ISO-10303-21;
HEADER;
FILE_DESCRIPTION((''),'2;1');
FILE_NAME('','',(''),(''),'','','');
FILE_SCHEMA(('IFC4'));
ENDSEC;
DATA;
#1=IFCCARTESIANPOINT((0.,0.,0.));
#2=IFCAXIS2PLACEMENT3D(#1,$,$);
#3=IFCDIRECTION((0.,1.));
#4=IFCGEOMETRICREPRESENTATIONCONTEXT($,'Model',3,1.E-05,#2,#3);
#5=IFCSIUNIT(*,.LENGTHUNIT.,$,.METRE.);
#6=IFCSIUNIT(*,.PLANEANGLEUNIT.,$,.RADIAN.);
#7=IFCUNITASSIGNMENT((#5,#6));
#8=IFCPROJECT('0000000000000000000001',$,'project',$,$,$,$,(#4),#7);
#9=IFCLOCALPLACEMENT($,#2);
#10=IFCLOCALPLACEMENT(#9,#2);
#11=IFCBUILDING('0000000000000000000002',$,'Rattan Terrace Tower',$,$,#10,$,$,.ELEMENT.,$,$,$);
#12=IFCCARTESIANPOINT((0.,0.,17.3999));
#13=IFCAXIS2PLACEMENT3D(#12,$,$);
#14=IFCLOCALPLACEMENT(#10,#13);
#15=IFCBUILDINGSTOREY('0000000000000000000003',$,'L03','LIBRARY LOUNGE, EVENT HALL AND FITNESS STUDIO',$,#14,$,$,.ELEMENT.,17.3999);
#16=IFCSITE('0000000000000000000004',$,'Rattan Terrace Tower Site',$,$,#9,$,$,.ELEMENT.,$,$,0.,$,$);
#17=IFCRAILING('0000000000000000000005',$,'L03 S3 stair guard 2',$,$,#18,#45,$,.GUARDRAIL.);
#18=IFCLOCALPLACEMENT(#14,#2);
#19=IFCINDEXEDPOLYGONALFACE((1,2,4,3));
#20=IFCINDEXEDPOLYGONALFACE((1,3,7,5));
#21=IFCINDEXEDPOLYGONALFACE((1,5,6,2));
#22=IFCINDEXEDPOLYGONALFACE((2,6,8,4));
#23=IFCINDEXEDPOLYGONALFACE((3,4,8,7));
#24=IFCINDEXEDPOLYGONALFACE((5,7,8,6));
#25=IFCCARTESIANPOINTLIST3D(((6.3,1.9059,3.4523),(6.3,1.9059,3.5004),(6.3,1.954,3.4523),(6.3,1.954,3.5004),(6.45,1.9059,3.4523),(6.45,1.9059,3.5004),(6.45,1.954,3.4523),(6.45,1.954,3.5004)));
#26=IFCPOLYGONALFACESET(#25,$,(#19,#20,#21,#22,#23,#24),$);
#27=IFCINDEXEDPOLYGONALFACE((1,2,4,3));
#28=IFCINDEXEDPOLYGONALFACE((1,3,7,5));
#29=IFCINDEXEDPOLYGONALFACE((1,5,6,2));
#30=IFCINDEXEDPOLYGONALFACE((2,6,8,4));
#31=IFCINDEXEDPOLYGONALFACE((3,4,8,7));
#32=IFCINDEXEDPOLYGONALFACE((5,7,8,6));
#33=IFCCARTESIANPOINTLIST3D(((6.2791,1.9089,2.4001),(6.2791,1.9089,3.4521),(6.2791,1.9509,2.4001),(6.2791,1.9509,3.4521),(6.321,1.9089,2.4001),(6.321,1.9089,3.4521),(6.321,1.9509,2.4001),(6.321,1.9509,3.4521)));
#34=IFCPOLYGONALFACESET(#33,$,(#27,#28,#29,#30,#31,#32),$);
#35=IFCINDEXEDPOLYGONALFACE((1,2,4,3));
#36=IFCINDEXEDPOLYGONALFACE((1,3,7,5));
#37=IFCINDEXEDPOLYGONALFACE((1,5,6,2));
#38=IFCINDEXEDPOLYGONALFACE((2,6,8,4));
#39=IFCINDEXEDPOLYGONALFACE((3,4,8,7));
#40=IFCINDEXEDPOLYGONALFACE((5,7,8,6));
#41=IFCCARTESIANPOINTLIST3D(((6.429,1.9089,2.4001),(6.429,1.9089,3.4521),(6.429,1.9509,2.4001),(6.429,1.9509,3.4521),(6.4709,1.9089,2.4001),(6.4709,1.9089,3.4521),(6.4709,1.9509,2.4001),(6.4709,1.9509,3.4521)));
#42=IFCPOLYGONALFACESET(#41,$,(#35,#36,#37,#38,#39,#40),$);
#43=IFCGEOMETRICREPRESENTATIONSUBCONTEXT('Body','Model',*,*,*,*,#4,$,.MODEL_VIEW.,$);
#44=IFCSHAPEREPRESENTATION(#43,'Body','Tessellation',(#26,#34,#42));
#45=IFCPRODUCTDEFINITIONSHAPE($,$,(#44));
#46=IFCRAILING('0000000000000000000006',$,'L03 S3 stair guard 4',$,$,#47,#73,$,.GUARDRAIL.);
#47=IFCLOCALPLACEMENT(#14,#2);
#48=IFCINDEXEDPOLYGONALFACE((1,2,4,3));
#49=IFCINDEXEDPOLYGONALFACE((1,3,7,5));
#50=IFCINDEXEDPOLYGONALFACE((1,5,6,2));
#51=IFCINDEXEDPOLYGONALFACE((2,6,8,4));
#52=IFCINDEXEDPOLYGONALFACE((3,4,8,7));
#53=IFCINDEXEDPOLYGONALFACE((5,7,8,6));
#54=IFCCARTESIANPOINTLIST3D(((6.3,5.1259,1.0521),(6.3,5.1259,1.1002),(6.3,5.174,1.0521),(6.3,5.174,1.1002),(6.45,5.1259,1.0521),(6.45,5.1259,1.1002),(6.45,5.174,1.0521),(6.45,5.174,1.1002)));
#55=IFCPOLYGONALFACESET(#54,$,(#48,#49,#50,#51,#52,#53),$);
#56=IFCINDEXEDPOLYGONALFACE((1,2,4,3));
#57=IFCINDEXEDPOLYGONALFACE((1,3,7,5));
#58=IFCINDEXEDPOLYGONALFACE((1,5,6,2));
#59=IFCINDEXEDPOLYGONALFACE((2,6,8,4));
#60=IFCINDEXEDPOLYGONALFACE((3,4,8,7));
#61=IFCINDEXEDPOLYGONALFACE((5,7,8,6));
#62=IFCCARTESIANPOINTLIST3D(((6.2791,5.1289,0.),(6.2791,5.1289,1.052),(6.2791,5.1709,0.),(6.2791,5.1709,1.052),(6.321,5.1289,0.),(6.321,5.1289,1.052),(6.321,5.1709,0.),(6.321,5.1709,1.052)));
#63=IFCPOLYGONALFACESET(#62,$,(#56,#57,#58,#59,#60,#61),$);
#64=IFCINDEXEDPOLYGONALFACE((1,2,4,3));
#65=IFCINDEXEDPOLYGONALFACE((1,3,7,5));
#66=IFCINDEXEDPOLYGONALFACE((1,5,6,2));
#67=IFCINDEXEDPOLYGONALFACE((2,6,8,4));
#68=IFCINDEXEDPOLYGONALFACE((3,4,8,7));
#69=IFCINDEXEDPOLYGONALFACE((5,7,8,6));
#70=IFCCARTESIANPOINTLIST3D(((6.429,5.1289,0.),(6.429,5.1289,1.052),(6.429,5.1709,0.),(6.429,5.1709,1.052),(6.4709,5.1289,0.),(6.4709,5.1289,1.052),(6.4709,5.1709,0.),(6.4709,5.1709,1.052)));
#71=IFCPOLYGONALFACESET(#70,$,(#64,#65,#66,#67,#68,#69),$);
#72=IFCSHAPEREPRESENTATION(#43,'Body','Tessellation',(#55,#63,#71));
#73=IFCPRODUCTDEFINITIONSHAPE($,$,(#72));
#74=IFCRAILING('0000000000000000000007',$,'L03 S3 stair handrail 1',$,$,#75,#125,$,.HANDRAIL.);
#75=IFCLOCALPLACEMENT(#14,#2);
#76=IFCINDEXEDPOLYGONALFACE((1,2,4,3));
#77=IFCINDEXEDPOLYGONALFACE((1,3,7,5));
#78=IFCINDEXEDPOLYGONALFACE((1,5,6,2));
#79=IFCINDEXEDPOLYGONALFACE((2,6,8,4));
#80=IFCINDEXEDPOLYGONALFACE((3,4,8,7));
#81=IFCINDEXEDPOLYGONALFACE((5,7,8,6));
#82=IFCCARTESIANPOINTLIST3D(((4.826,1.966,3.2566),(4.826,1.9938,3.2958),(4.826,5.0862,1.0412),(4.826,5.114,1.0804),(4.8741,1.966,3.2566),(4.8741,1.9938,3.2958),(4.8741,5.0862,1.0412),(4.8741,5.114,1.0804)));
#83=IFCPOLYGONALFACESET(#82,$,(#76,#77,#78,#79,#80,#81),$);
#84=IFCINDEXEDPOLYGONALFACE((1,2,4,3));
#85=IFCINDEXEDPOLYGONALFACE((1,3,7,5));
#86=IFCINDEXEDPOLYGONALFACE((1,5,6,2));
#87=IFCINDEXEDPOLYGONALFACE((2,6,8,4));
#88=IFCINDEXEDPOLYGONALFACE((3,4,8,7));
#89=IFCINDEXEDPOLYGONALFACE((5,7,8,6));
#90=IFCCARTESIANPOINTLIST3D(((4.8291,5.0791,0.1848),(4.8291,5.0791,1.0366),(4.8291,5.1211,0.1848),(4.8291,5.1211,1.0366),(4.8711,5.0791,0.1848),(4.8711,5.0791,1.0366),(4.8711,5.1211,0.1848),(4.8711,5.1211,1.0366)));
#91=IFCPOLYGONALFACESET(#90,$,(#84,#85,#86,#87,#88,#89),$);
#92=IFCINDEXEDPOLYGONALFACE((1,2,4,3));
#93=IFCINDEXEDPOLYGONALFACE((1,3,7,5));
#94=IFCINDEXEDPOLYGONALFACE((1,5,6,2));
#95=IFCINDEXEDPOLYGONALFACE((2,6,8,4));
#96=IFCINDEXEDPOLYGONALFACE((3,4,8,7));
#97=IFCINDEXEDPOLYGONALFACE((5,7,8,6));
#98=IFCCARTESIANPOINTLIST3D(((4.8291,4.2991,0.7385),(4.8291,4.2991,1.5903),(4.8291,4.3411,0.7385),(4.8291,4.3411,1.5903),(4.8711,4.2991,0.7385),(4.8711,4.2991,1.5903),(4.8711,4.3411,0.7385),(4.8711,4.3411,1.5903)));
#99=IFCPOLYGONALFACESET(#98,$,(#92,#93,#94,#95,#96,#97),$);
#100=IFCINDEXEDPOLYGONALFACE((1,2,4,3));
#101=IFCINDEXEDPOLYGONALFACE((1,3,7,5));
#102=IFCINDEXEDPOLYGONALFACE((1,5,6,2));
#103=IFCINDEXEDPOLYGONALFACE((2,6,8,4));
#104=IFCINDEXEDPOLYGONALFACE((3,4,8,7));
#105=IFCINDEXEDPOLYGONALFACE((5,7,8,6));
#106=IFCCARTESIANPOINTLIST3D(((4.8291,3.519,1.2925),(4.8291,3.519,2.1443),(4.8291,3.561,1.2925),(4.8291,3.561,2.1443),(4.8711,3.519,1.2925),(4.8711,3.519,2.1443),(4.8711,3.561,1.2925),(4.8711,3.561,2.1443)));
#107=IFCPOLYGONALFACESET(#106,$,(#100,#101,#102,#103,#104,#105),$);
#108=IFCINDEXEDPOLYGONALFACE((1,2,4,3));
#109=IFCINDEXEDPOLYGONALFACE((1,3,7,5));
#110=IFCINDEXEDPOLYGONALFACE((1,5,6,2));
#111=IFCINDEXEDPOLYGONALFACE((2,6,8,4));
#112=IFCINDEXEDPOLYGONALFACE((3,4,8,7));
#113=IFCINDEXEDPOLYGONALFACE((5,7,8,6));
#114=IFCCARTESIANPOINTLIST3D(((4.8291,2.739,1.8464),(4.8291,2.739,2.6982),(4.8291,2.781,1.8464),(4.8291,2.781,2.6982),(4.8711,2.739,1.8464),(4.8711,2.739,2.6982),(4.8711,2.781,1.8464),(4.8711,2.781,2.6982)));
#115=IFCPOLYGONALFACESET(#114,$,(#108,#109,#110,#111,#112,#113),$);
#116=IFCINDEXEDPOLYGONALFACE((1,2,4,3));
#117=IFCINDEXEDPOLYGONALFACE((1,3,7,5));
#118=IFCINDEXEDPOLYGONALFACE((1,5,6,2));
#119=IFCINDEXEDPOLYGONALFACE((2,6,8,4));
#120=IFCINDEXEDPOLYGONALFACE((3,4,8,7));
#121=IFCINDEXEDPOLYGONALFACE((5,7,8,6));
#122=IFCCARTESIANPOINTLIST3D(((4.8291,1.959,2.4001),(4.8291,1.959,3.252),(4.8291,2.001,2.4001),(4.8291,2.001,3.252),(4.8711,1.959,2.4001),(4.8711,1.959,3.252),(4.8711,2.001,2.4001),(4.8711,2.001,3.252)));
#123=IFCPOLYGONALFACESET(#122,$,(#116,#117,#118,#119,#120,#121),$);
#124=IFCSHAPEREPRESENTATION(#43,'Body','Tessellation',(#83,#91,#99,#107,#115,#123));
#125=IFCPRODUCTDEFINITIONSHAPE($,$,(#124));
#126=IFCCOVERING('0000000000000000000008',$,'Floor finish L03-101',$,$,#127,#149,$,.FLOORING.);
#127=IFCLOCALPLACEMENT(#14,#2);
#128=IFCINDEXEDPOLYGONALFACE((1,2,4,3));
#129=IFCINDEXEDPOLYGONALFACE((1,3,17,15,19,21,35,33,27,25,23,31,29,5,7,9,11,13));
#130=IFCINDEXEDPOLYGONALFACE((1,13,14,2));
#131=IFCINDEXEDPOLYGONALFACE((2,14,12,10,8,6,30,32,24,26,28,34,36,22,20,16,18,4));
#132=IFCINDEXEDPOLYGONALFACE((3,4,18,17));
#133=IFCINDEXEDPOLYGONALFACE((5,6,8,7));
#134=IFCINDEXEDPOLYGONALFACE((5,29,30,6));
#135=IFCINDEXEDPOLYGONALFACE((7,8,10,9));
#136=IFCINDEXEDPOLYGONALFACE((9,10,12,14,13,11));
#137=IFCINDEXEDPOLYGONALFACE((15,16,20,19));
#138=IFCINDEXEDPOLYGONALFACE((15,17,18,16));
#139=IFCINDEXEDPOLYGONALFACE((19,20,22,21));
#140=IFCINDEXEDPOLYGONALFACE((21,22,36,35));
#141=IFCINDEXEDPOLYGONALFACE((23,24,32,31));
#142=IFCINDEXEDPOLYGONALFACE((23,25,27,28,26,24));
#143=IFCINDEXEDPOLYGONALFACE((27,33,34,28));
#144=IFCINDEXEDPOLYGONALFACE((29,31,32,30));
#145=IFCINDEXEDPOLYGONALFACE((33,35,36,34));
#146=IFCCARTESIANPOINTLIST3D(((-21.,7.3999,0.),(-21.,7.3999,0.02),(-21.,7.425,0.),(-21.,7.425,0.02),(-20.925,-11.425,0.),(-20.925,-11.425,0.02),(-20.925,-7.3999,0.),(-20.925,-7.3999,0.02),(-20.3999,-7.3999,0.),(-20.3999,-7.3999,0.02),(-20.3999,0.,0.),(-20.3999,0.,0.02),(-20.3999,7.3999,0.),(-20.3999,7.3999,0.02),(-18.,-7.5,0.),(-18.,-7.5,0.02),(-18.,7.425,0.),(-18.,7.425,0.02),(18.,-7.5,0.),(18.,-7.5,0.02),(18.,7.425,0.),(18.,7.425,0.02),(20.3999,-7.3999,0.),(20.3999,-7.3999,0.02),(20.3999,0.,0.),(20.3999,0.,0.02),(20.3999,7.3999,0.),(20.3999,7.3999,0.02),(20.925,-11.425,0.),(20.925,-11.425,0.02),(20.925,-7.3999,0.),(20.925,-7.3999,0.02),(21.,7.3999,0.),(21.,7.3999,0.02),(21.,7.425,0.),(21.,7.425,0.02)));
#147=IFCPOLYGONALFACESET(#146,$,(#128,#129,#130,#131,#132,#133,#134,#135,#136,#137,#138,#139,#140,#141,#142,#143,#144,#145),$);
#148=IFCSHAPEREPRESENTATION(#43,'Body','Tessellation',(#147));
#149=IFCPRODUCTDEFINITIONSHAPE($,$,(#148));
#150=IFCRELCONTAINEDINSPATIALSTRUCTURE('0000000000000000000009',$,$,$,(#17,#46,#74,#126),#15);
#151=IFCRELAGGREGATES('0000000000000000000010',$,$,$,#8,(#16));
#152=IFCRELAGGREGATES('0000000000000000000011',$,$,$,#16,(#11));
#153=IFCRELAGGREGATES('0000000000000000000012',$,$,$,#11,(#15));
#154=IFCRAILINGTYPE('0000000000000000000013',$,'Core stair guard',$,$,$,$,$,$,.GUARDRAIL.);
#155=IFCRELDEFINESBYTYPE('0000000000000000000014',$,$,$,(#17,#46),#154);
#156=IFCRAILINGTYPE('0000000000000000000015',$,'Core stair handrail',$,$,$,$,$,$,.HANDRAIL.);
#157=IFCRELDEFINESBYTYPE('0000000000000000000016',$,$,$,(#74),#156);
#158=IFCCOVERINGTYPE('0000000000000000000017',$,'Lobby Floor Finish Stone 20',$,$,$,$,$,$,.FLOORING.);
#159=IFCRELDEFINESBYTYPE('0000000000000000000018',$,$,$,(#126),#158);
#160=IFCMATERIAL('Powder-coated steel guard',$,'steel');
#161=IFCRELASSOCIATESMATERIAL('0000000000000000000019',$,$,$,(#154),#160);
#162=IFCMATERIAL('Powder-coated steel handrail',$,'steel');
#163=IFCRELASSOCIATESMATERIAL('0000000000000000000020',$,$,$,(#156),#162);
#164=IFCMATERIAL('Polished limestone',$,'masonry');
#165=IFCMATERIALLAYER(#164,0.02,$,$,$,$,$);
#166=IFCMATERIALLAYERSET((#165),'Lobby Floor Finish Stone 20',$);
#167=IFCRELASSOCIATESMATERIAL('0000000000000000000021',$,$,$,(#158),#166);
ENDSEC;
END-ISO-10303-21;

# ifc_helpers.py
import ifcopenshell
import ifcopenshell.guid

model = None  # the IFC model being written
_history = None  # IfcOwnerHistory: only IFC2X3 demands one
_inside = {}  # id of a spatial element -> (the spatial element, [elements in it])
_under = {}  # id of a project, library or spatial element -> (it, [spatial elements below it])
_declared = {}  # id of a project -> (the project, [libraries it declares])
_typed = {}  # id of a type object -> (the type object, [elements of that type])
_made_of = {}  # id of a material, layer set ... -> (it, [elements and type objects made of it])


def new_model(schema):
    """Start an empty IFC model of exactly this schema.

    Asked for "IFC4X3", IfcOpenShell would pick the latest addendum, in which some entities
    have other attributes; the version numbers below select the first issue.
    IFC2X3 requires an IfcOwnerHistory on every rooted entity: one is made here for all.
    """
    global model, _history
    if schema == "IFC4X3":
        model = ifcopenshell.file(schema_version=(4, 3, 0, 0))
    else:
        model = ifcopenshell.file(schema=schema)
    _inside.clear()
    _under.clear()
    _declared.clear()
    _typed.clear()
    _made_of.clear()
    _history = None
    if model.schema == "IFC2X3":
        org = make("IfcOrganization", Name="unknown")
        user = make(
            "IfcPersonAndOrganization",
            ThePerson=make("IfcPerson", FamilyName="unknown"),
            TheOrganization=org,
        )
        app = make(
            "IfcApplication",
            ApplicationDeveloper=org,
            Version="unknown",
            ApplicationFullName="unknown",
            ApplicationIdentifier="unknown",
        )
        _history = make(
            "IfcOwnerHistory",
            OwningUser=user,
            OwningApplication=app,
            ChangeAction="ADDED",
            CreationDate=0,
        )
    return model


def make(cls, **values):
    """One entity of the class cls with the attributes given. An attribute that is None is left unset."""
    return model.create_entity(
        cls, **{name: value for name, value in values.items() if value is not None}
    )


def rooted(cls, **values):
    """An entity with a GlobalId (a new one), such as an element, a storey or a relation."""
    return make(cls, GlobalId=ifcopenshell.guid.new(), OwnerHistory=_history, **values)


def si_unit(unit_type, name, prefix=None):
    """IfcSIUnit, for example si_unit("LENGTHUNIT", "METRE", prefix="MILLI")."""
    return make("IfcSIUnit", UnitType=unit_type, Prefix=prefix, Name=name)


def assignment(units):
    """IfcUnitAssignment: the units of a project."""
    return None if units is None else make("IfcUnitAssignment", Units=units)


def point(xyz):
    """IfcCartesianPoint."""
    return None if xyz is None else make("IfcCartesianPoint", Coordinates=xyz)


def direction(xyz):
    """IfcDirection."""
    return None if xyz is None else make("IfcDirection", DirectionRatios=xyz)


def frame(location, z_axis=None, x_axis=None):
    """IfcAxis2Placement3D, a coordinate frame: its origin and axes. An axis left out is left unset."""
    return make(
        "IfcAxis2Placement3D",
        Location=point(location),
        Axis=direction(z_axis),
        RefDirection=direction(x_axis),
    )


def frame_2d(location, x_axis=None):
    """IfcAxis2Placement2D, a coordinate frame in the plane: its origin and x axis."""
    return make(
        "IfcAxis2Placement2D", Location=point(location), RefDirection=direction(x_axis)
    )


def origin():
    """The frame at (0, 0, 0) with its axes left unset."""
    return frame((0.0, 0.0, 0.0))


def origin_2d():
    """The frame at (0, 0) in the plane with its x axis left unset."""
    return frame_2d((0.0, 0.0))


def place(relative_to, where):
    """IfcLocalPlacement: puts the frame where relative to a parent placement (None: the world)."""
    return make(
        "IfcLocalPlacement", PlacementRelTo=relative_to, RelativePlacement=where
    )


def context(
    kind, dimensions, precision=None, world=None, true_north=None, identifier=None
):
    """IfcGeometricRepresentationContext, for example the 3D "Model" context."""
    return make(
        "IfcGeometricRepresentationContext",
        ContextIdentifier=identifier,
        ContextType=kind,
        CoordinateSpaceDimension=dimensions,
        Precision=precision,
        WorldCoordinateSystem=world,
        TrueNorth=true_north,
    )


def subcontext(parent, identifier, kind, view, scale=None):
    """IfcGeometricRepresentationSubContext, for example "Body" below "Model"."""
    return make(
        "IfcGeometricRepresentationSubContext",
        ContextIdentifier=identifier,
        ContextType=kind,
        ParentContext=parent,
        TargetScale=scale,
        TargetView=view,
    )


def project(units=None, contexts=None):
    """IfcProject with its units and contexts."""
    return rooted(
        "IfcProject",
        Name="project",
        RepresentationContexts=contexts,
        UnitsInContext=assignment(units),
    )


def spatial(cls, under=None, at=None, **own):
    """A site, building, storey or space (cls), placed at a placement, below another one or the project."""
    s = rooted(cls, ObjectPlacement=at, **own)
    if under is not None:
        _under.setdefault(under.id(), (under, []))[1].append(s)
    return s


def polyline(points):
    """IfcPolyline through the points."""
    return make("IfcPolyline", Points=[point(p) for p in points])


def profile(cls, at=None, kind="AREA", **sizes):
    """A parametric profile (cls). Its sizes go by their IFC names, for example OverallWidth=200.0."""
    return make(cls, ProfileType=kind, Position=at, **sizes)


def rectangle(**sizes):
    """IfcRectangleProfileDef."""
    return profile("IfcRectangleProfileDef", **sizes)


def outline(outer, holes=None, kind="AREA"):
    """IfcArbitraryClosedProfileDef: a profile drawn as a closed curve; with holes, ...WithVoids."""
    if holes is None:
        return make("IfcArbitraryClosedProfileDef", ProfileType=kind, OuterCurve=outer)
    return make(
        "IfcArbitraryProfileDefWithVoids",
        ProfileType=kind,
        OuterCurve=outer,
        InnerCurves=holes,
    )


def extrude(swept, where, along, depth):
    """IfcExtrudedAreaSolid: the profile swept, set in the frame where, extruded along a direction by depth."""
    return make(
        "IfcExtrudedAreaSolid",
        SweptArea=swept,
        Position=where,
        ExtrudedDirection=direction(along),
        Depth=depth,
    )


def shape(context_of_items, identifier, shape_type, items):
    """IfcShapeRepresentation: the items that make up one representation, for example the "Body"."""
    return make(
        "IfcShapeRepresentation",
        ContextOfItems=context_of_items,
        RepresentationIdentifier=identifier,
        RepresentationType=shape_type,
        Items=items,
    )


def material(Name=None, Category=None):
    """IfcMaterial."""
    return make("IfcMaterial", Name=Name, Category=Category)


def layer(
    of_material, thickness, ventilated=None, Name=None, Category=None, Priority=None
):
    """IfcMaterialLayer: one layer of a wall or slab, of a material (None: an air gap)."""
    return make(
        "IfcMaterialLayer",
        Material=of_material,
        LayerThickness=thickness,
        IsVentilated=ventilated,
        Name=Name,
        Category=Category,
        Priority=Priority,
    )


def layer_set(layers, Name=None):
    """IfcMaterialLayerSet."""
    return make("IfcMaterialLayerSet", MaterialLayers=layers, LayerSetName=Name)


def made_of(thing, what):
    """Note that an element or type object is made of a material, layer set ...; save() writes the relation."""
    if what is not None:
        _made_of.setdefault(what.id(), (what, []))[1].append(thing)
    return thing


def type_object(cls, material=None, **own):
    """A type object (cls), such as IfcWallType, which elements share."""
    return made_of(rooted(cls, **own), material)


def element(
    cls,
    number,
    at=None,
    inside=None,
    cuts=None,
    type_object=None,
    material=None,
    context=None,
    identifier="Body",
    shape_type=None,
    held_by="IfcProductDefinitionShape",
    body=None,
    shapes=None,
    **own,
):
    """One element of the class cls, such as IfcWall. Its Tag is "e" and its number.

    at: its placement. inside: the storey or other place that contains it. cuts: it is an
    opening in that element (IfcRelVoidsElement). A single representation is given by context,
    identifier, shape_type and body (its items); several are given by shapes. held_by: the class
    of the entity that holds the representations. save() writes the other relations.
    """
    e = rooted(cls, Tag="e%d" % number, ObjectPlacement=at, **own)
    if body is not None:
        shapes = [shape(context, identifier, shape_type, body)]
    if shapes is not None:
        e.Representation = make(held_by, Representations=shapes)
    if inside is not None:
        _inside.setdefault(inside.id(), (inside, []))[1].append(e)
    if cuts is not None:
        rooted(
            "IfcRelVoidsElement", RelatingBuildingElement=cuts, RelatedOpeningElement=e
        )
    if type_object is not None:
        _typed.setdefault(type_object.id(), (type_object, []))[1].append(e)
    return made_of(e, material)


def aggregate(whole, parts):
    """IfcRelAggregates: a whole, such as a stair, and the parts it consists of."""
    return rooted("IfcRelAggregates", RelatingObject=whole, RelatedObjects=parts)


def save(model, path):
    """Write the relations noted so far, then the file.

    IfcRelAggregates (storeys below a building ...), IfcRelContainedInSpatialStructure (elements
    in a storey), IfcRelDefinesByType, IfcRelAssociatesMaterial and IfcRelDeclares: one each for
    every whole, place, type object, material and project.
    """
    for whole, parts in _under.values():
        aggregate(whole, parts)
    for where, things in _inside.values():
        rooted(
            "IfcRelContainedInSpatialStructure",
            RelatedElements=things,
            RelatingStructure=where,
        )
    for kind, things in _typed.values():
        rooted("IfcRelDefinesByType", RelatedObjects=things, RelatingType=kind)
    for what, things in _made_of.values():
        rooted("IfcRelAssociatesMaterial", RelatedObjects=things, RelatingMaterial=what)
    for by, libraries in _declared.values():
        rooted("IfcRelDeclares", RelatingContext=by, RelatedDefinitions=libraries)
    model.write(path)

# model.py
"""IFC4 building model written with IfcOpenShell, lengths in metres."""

from ifc_helpers import new_model, si_unit, direction, frame, origin, origin_2d, place, context, subcontext, project, spatial, polyline, rectangle, outline, extrude, material, layer, layer_set, type_object, element, save


model = new_model("IFC4")

# Units and contexts
model_context = context("Model", 3, precision=1e-05, world=origin(), true_north=direction((0.0, 1.0)))
body_context = subcontext(model_context, "Body", "Model", "MODEL_VIEW")
ifc_project = project(units=[si_unit("LENGTHUNIT", "METRE"), si_unit("PLANEANGLEUNIT", "RADIAN")], contexts=[model_context])

# Site, building, storey
site_placement = place(None, origin())
site = spatial("IfcSite", under=ifc_project, at=site_placement, Name="Rattan Terrace Tower Site", CompositionType="ELEMENT", RefElevation=0.0)
building_placement = place(site_placement, origin())
building = spatial("IfcBuilding", under=site, at=building_placement, Name="Rattan Terrace Tower", CompositionType="ELEMENT")
storey_placement = place(building_placement, frame((0.0, 0.0, 17.3999)))
storey = spatial("IfcBuildingStorey", under=building, at=storey_placement, Name="L03", Description="LIBRARY LOUNGE, EVENT HALL AND FITNESS STUDIO", CompositionType="ELEMENT", Elevation=17.3999)

# Railings
ifc_material_1 = material(Name="Powder-coated steel guard", Category="steel")
railing_type_1 = type_object("IfcRailingType", Name="Core stair guard", PredefinedType="GUARDRAIL", material=ifc_material_1)
for number, where, name in (
    (1, (6.3, 1.9299, 2.4001), "L03 S3 stair guard 2"),
    (2, (6.3, 5.1499, 0.0), "L03 S3 stair guard 4"),
):
    element("IfcRailing", number, at=place(storey_placement, frame(where)), inside=storey, type_object=railing_type_1, Name=name, PredefinedType="GUARDRAIL", context=body_context, shape_type="SweptSolid", body=[
        extrude(rectangle(XDim=0.0481, YDim=0.0481, at=origin_2d()), frame((0.0, 0.0, 1.0762), z_axis=(1.0, 0.0, 0.0), x_axis=(0.0, 1.0, 0.0)), (0.0, 0.0, 1.0), 0.1499),
        extrude(rectangle(XDim=0.042, YDim=0.042, at=origin_2d()), origin(), (0.0, 0.0, 1.0), 1.052),
        extrude(rectangle(XDim=0.042, YDim=0.042, at=origin_2d()), frame((0.1499, 0.0, 0.0)), (0.0, 0.0, 1.0), 1.052),
    ])
ifc_material_2 = material(Name="Powder-coated steel handrail", Category="steel")
railing_type_2 = type_object("IfcRailingType", Name="Core stair handrail", PredefinedType="HANDRAIL", material=ifc_material_2)
railing_1_placement = place(storey_placement, frame((4.8501, 5.1001, 0.1848)))
element("IfcRailing", 3, at=railing_1_placement, inside=storey, type_object=railing_type_2, Name="L03 S3 stair handrail 1", PredefinedType="HANDRAIL", context=body_context, shape_type="SweptSolid", body=[
    extrude(rectangle(XDim=0.0481, YDim=0.0481, at=origin_2d()), frame((0.0, 0.0, 0.876), z_axis=(0.0, -0.815377, 0.57893), x_axis=(1.0, 0.0, 0.0)), (0.0, 0.0, 1.0), 3.8267),
    extrude(rectangle(XDim=0.042, YDim=0.042, at=origin_2d()), origin(), (0.0, 0.0, 1.0), 0.8518),
    extrude(rectangle(XDim=0.042, YDim=0.042, at=origin_2d()), frame((0.0, -0.78, 0.5537)), (0.0, 0.0, 1.0), 0.8518),
    extrude(rectangle(XDim=0.042, YDim=0.042, at=origin_2d()), frame((0.0, -1.5601, 1.1077)), (0.0, 0.0, 1.0), 0.8518),
    extrude(rectangle(XDim=0.042, YDim=0.042, at=origin_2d()), frame((0.0, -2.3401, 1.6616)), (0.0, 0.0, 1.0), 0.8518),
    extrude(rectangle(XDim=0.042, YDim=0.042, at=origin_2d()), frame((0.0, -3.1201, 2.2153)), (0.0, 0.0, 1.0), 0.8518),
])

# Covering
ifc_material_3 = material(Name="Polished limestone", Category="masonry")
ifc_layer_1 = layer(ifc_material_3, 0.02)
ifc_layer_set_1 = layer_set([ifc_layer_1], Name="Lobby Floor Finish Stone 20")
covering_type_1 = type_object("IfcCoveringType", Name="Lobby Floor Finish Stone 20", PredefinedType="FLOORING", material=ifc_layer_set_1)
covering_1_placement = place(storey_placement, origin())
element("IfcCovering", 4, at=covering_1_placement, inside=storey, type_object=covering_type_1, Name="Floor finish L03-101", PredefinedType="FLOORING", context=body_context, shape_type="SweptSolid", body=[
    extrude(outline(polyline([(-20.3999, 7.3999), (-20.3999, 0.0), (-20.3999, -7.3999), (-20.925, -7.3999), (-20.925, -11.425), (20.925, -11.425), (20.925, -7.3999), (20.3999, -7.3999), (20.3999, 0.0), (20.3999, 7.3999), (21.0, 7.3999), (21.0, 7.425), (18.0, 7.425), (18.0, -7.5), (-18.0, -7.5), (-18.0, 7.425), (-21.0, 7.425), (-21.0, 7.3999), (-20.3999, 7.3999)])), origin(), (0.0, 0.0, 1.0), 0.02),
])

save(model, "model.ifc")
